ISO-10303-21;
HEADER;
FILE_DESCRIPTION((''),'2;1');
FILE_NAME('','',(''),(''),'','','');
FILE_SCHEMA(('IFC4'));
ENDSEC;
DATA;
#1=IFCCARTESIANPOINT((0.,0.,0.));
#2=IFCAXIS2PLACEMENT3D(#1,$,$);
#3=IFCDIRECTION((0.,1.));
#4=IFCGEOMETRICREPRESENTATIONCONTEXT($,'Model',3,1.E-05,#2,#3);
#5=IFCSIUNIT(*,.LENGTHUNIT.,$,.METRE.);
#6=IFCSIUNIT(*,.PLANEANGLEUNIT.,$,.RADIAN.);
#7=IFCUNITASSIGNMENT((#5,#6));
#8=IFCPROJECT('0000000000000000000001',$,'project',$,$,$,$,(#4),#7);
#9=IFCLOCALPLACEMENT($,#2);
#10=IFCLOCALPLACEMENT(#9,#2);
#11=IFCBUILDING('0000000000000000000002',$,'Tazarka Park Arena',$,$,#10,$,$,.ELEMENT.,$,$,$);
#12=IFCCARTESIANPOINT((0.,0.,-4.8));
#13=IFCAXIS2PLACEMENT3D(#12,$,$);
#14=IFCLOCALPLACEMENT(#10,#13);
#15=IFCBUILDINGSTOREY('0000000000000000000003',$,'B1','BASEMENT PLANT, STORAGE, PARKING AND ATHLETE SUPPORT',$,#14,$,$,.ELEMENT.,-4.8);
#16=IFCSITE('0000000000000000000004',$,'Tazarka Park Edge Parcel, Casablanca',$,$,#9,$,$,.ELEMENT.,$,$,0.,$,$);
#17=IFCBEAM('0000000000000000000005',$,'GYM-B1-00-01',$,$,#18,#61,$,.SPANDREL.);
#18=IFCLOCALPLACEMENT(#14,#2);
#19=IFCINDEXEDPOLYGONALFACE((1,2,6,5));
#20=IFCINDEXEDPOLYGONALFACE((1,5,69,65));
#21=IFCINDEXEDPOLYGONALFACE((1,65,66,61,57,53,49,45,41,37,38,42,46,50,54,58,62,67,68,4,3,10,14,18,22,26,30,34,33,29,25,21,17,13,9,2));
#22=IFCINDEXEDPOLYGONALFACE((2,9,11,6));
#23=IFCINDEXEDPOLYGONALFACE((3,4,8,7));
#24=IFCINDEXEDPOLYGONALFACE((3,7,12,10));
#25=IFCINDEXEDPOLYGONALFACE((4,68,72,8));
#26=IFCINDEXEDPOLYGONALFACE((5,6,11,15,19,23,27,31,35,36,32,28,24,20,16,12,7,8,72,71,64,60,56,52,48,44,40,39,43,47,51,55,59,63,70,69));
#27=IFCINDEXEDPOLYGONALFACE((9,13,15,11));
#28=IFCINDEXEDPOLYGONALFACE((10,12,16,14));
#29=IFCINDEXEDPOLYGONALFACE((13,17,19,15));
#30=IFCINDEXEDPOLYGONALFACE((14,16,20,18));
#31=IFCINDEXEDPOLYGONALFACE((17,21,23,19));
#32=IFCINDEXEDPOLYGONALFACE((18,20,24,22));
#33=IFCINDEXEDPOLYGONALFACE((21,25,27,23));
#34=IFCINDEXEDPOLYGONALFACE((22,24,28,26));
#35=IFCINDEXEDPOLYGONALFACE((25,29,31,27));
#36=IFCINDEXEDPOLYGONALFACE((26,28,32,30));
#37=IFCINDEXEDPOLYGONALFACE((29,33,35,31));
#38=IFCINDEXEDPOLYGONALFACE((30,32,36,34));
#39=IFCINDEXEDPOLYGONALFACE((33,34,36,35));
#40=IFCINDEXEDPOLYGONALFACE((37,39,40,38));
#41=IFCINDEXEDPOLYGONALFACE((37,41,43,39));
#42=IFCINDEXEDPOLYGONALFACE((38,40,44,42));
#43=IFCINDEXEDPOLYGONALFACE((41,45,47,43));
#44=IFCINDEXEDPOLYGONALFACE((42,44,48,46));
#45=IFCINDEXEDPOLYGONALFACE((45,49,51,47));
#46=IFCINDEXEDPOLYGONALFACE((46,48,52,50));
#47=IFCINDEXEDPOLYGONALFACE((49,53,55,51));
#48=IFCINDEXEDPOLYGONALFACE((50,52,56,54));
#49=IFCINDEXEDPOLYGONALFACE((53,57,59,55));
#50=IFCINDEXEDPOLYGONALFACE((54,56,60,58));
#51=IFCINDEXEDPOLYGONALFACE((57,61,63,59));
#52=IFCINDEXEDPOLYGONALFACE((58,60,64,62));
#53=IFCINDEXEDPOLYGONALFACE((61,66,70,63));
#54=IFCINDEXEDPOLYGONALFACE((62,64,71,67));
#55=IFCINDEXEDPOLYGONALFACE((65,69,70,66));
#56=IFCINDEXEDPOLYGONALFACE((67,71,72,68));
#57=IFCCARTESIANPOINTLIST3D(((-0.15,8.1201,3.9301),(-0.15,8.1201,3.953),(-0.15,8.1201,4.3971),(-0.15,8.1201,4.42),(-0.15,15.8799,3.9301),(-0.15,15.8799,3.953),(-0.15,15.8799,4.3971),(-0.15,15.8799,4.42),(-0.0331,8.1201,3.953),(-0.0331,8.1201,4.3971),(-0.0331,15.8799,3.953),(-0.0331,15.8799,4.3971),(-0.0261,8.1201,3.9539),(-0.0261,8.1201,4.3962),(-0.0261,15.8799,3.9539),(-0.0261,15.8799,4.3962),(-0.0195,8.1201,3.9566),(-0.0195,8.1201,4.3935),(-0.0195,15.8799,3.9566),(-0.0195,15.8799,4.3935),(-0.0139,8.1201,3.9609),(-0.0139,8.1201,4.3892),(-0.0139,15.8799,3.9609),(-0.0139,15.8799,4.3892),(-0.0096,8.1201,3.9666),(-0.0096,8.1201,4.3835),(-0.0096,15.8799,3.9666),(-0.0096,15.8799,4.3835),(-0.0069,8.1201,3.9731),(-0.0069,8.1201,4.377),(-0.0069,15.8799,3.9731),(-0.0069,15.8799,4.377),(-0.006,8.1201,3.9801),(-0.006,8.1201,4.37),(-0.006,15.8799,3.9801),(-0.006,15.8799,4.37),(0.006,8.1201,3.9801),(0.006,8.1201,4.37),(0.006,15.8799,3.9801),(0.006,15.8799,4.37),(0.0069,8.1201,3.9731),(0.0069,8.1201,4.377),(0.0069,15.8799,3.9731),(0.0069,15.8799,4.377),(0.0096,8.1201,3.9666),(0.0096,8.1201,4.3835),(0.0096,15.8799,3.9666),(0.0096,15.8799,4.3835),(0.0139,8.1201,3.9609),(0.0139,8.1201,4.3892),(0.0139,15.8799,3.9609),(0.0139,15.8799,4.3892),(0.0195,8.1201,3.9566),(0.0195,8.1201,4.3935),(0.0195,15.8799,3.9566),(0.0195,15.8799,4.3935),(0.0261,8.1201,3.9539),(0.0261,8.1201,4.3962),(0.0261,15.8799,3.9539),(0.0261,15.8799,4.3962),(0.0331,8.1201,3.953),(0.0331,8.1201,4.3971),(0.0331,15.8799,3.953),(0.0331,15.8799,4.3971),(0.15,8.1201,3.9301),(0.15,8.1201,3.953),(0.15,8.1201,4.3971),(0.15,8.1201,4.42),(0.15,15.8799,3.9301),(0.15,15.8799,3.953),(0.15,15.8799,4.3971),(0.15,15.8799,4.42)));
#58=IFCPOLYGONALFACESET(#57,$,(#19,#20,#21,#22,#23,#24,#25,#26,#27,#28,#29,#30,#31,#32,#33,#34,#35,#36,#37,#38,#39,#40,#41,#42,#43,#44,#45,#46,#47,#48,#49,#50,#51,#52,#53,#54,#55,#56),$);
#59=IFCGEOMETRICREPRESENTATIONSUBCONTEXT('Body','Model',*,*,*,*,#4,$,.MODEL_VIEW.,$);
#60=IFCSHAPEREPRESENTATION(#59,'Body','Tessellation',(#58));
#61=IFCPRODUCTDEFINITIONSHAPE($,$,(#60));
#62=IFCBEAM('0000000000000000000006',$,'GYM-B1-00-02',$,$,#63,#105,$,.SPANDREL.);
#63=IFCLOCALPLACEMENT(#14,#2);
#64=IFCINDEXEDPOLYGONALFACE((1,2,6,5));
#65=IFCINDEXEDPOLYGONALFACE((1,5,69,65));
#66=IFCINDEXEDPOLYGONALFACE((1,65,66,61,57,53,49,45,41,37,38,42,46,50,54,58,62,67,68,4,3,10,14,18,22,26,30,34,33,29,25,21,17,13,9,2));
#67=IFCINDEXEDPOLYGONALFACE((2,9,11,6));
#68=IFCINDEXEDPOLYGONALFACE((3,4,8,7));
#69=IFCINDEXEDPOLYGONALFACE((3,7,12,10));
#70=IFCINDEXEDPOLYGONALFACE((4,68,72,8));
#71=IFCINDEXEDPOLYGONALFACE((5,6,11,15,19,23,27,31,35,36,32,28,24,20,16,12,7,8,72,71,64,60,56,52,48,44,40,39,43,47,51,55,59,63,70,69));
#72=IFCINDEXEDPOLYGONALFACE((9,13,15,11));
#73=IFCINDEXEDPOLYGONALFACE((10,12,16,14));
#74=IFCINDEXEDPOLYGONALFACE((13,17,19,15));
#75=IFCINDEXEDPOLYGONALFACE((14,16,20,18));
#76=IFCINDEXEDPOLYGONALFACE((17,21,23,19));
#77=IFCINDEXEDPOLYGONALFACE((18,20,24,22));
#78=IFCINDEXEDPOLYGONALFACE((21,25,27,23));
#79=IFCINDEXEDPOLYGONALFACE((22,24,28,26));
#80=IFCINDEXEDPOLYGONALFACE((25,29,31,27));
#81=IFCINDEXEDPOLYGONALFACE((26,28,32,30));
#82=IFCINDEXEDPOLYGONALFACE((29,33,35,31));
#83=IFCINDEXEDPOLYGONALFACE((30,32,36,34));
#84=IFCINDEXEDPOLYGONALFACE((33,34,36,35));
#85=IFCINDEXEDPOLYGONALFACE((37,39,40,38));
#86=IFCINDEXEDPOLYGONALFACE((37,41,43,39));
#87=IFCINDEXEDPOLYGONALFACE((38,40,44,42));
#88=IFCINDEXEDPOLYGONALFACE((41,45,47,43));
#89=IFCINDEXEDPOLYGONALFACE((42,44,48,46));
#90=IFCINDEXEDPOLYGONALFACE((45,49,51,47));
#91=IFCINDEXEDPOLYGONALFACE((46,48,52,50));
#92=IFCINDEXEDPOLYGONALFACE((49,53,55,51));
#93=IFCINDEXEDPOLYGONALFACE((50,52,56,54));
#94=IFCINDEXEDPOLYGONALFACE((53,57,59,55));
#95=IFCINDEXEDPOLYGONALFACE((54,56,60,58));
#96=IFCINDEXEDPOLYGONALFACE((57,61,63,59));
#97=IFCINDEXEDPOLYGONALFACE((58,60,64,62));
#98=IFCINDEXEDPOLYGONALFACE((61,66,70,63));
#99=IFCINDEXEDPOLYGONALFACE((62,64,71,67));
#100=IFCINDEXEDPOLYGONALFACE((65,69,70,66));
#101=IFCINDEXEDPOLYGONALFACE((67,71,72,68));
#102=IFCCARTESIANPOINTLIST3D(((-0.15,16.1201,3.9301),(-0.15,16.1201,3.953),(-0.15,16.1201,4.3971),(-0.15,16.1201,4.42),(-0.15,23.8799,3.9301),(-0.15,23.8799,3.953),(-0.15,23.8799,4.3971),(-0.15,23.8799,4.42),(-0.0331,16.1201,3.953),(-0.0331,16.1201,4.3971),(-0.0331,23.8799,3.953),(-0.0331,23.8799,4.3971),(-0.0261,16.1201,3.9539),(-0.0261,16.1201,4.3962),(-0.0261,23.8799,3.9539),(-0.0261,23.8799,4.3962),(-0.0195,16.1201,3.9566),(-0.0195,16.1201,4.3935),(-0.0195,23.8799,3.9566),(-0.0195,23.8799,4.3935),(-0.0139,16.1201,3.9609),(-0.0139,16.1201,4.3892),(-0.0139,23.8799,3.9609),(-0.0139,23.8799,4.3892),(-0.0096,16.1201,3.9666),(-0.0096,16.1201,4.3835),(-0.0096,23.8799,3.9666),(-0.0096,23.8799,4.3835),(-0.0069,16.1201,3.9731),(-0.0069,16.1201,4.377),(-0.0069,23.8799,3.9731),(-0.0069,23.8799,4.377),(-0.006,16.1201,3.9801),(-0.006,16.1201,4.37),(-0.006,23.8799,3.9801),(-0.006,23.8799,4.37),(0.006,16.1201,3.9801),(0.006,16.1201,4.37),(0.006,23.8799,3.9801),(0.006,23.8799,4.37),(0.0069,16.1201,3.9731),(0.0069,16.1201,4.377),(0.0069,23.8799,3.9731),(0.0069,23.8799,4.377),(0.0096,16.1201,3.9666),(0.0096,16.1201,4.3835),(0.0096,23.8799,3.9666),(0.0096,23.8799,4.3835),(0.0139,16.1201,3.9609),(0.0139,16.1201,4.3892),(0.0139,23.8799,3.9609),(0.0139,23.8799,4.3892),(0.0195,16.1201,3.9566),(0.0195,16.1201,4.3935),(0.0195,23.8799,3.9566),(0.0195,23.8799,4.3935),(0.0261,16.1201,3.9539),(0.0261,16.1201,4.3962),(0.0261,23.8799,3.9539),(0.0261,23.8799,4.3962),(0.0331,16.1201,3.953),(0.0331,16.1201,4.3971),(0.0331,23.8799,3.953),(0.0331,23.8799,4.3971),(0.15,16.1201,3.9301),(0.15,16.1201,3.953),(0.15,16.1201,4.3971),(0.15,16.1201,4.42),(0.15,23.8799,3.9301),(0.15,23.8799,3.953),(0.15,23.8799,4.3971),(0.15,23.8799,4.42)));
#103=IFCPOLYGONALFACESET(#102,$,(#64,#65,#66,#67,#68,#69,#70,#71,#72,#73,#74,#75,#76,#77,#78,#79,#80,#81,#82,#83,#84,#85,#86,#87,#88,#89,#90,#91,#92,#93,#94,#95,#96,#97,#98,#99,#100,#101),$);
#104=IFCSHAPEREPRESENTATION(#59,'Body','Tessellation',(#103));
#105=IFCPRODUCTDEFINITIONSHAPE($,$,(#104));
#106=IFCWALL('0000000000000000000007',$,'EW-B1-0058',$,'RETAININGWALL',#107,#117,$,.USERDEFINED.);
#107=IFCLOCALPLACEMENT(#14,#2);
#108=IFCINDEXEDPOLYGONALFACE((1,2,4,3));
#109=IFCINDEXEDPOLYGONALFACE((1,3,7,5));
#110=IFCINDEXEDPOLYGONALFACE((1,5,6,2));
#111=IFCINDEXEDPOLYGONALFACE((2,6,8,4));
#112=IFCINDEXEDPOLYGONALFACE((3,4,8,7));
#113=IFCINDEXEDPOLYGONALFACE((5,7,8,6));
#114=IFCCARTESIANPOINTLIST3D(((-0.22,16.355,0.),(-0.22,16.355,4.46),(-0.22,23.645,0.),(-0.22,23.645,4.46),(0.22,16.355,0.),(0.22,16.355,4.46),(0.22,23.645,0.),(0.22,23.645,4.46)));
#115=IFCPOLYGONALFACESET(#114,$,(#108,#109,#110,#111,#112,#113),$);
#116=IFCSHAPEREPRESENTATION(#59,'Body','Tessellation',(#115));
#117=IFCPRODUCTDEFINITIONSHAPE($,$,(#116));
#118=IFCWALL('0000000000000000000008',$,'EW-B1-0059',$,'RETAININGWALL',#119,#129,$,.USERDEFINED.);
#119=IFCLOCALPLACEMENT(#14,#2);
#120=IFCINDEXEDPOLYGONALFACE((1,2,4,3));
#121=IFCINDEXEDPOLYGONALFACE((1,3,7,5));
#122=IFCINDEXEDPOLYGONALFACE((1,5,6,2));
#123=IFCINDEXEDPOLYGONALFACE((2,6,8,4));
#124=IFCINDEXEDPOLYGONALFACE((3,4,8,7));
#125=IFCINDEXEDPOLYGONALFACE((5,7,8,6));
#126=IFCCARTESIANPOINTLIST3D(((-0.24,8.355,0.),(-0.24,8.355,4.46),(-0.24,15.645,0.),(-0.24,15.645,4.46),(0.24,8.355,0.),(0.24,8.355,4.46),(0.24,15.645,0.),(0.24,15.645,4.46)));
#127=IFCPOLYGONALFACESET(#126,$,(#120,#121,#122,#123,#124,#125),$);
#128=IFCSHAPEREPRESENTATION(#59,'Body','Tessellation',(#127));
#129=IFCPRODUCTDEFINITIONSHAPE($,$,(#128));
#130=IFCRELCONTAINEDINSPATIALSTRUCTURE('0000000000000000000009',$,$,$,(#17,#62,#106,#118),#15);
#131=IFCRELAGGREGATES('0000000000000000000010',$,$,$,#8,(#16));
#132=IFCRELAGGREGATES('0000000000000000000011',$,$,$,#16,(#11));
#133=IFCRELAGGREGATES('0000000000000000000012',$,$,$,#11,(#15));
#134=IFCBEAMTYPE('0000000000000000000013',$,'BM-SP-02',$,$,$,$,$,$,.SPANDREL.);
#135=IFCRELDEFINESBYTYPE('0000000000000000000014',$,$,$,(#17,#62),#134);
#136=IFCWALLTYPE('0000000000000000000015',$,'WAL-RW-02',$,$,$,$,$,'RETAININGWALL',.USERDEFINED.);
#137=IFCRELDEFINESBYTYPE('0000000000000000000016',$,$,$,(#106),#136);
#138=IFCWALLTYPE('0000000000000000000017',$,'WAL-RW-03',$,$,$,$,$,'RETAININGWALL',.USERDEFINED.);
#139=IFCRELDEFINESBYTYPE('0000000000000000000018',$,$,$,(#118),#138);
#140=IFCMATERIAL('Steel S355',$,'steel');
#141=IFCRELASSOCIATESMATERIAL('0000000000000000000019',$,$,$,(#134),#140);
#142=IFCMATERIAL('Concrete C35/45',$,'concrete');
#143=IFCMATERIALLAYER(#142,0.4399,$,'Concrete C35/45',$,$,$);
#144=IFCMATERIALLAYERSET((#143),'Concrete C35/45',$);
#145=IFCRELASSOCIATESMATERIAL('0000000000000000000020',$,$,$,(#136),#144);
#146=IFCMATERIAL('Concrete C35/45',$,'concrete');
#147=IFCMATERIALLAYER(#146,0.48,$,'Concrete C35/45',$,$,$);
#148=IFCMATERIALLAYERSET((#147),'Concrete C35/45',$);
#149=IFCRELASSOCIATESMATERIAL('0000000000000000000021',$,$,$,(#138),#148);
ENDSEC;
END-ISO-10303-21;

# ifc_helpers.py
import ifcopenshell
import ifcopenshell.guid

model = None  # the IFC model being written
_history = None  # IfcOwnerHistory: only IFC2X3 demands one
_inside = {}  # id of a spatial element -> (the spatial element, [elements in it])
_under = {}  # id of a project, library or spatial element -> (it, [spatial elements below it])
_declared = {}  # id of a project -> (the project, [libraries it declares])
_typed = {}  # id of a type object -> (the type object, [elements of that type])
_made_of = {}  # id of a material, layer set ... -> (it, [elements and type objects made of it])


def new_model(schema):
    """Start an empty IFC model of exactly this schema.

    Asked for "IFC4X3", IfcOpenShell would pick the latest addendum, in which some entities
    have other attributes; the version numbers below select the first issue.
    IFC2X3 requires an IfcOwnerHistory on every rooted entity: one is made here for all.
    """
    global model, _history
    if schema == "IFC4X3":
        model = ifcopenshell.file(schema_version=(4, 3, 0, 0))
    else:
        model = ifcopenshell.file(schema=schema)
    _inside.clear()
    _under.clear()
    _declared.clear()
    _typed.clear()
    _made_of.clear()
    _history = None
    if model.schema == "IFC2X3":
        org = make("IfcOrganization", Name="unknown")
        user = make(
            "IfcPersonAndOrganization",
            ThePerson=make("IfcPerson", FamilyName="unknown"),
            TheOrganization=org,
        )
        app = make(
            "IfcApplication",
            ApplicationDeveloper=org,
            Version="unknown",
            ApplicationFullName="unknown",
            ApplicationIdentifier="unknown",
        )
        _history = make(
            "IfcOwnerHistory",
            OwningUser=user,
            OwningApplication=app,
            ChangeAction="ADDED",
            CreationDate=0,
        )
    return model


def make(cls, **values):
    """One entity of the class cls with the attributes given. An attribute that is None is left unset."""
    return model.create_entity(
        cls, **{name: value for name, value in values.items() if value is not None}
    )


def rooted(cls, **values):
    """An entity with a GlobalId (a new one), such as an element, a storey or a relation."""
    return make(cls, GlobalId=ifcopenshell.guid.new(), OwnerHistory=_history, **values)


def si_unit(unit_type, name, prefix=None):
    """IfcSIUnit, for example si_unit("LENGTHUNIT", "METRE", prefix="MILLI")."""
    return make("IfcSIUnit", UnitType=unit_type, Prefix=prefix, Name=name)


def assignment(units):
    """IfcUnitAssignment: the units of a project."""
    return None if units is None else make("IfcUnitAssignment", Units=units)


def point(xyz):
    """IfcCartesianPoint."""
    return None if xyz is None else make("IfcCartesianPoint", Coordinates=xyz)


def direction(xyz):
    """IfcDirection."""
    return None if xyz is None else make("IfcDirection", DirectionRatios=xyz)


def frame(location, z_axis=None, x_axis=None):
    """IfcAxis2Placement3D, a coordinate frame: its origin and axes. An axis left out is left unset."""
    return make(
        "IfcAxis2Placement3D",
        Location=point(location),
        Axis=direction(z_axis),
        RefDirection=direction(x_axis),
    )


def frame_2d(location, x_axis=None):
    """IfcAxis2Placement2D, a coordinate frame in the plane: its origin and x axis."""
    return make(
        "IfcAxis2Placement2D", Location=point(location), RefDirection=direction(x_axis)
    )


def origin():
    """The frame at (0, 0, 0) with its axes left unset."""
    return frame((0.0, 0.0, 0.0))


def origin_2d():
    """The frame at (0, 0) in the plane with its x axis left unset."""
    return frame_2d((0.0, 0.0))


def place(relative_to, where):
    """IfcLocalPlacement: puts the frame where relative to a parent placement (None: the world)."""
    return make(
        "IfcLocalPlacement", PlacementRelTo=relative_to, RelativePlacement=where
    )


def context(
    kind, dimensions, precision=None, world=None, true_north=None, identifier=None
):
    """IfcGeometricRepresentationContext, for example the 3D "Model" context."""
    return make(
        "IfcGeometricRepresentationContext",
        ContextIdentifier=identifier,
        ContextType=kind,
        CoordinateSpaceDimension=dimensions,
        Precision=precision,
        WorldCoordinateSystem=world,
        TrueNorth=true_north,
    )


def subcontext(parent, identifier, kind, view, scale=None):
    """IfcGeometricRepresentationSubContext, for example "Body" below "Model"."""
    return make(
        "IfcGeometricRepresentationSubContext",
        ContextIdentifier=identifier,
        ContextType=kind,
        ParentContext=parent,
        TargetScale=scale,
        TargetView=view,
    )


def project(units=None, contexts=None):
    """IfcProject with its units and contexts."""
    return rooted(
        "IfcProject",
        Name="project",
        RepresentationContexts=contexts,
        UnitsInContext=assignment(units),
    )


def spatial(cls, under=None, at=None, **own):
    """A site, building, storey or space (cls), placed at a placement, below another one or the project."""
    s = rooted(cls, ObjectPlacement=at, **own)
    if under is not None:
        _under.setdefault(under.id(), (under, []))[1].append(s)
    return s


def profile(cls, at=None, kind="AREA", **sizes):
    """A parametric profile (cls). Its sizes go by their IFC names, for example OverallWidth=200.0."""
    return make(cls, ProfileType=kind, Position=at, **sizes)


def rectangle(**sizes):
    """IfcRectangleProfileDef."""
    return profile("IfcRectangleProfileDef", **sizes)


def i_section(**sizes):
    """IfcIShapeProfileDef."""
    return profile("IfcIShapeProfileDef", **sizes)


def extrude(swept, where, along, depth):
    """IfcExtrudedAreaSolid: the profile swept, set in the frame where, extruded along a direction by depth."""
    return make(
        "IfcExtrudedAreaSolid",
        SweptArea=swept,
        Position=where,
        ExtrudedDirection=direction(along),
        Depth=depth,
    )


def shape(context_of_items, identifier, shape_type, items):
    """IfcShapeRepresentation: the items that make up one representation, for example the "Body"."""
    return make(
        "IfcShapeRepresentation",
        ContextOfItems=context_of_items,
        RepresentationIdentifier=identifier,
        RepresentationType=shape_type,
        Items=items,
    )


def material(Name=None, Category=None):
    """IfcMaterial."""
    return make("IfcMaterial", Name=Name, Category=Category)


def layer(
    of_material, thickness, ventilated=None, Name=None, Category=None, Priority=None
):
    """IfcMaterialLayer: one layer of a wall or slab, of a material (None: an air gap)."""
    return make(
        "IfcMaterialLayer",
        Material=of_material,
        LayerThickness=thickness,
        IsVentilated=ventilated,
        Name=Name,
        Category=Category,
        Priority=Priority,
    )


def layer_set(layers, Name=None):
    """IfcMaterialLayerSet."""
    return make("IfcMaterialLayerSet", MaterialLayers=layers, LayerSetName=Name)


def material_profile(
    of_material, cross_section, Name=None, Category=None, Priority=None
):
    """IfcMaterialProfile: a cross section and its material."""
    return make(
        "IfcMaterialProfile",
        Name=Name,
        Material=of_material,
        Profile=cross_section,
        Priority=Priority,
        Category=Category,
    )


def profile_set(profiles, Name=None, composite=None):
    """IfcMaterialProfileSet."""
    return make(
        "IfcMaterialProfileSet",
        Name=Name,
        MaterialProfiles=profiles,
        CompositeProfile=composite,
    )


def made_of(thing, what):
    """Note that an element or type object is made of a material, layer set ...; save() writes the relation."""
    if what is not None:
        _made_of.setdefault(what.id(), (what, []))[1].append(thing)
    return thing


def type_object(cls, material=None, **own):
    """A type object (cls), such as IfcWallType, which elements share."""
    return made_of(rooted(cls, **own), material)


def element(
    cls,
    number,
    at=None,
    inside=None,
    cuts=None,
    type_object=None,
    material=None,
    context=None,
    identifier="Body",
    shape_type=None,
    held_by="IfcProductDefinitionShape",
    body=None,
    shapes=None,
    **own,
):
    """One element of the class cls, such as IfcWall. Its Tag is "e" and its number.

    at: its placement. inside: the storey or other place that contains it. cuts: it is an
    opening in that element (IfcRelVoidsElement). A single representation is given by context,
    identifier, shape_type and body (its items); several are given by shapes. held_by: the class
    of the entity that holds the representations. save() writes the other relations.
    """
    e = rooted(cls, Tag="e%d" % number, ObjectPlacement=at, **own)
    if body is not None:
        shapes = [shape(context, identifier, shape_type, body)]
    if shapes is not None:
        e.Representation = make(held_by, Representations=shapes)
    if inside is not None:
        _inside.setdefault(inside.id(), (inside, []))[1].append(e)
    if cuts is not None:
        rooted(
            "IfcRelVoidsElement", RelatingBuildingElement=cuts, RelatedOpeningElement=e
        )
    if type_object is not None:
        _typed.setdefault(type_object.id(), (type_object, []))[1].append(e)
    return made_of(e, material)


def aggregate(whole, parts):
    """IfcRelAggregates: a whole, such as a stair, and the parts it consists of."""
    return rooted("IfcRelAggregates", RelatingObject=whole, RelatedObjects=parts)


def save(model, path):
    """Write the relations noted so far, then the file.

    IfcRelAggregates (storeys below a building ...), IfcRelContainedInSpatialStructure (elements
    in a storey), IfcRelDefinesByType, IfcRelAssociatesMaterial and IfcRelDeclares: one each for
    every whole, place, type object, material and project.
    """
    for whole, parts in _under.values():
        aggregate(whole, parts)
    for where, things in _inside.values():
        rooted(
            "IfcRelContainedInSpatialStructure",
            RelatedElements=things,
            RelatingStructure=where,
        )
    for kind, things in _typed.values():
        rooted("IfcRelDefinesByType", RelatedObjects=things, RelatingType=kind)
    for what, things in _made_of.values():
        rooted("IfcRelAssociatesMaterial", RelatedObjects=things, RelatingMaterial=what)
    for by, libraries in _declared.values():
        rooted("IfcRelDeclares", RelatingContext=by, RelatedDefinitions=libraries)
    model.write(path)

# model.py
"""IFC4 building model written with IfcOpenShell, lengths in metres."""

from ifc_helpers import new_model, si_unit, direction, frame, frame_2d, origin, origin_2d, place, context, subcontext, project, spatial, rectangle, i_section, extrude, material, layer, layer_set, material_profile, profile_set, type_object, element, save


model = new_model("IFC4")

# Units and contexts
model_context = context("Model", 3, precision=1e-05, world=origin(), true_north=direction((0.0, 1.0)))
body_context = subcontext(model_context, "Body", "Model", "MODEL_VIEW")
ifc_project = project(units=[si_unit("LENGTHUNIT", "METRE"), si_unit("PLANEANGLEUNIT", "RADIAN")], contexts=[model_context])

# Site, building, storey
site_placement = place(None, origin())
site = spatial("IfcSite", under=ifc_project, at=site_placement, Name="Tazarka Park Edge Parcel, Casablanca", CompositionType="ELEMENT", RefElevation=0.0)
building_placement = place(site_placement, origin())
building = spatial("IfcBuilding", under=site, at=building_placement, Name="Tazarka Park Arena", CompositionType="ELEMENT")
storey_placement = place(building_placement, frame((0.0, 0.0, -4.8)))
storey = spatial("IfcBuildingStorey", under=building, at=storey_placement, Name="B1", Description="BASEMENT PLANT, STORAGE, PARKING AND ATHLETE SUPPORT", CompositionType="ELEMENT", Elevation=-4.8)

# Beams
ifc_material_1 = material(Name="Steel S355", Category="steel")
ifc_material_profile_1 = material_profile(ifc_material_1, i_section(OverallWidth=0.3, OverallDepth=0.49, WebThickness=0.012, FlangeThickness=0.0229, FilletRadius=0.0271, at=origin_2d()), Name="Steel S355")
ifc_profile_set_1 = profile_set([ifc_material_profile_1], Name="Steel S355")
beam_type_1 = type_object("IfcBeamType", Name="BM-SP-02", PredefinedType="SPANDREL", material=ifc_profile_set_1)
for number, where, z_axis, x_axis, name in (
    (1, (0.0, 8.1201, 4.175), (0.0, 1.0, 0.0), (-1.0, 0.0, 0.0), "GYM-B1-00-01"),
    (2, (0.0, 16.1201, 4.175), (0.0, 1.0, 0.0), (-1.0, 0.0, 0.0), "GYM-B1-00-02"),
):
    element("IfcBeam", number, at=place(storey_placement, frame(where, z_axis=z_axis, x_axis=x_axis)), inside=storey, type_object=beam_type_1, Name=name, PredefinedType="SPANDREL", context=body_context, shape_type="SweptSolid", body=[
        extrude(i_section(OverallWidth=0.3, OverallDepth=0.49, WebThickness=0.012, FlangeThickness=0.0229, FilletRadius=0.0271, at=origin_2d()), origin(), (0.0, 0.0, 1.0), 7.7598),
    ])

# Walls
ifc_material_2 = material(Name="Concrete C35/45", Category="concrete")
ifc_layer_1 = layer(ifc_material_2, 0.4399, Name="Concrete C35/45")
ifc_layer_set_1 = layer_set([ifc_layer_1], Name="Concrete C35/45")
wall_type_1 = type_object("IfcWallType", Name="WAL-RW-02", ElementType="RETAININGWALL", PredefinedType="USERDEFINED", material=ifc_layer_set_1)
wall_1_placement = place(storey_placement, frame((0.0, 16.355, 0.0), z_axis=(0.0, 0.0, 1.0), x_axis=(0.0, 1.0, 0.0)))
element("IfcWall", 3, at=wall_1_placement, inside=storey, type_object=wall_type_1, Name="EW-B1-0058", ObjectType="RETAININGWALL", PredefinedType="USERDEFINED", context=body_context, shape_type="SweptSolid", body=[
    extrude(rectangle(XDim=7.29, YDim=0.4399, at=frame_2d((3.645, 0.0))), origin(), (0.0, 0.0, 1.0), 4.46),
])
ifc_material_3 = material(Name="Concrete C35/45", Category="concrete")
ifc_layer_2 = layer(ifc_material_3, 0.48, Name="Concrete C35/45")
ifc_layer_set_2 = layer_set([ifc_layer_2], Name="Concrete C35/45")
wall_type_2 = type_object("IfcWallType", Name="WAL-RW-03", ElementType="RETAININGWALL", PredefinedType="USERDEFINED", material=ifc_layer_set_2)
wall_2_placement = place(storey_placement, frame((0.0, 8.355, 0.0), z_axis=(0.0, 0.0, 1.0), x_axis=(0.0, 1.0, 0.0)))
element("IfcWall", 4, at=wall_2_placement, inside=storey, type_object=wall_type_2, Name="EW-B1-0059", ObjectType="RETAININGWALL", PredefinedType="USERDEFINED", context=body_context, shape_type="SweptSolid", body=[
    extrude(rectangle(XDim=7.29, YDim=0.48, at=frame_2d((3.645, 0.0))), origin(), (0.0, 0.0, 1.0), 4.46),
])

save(model, "model.ifc")
